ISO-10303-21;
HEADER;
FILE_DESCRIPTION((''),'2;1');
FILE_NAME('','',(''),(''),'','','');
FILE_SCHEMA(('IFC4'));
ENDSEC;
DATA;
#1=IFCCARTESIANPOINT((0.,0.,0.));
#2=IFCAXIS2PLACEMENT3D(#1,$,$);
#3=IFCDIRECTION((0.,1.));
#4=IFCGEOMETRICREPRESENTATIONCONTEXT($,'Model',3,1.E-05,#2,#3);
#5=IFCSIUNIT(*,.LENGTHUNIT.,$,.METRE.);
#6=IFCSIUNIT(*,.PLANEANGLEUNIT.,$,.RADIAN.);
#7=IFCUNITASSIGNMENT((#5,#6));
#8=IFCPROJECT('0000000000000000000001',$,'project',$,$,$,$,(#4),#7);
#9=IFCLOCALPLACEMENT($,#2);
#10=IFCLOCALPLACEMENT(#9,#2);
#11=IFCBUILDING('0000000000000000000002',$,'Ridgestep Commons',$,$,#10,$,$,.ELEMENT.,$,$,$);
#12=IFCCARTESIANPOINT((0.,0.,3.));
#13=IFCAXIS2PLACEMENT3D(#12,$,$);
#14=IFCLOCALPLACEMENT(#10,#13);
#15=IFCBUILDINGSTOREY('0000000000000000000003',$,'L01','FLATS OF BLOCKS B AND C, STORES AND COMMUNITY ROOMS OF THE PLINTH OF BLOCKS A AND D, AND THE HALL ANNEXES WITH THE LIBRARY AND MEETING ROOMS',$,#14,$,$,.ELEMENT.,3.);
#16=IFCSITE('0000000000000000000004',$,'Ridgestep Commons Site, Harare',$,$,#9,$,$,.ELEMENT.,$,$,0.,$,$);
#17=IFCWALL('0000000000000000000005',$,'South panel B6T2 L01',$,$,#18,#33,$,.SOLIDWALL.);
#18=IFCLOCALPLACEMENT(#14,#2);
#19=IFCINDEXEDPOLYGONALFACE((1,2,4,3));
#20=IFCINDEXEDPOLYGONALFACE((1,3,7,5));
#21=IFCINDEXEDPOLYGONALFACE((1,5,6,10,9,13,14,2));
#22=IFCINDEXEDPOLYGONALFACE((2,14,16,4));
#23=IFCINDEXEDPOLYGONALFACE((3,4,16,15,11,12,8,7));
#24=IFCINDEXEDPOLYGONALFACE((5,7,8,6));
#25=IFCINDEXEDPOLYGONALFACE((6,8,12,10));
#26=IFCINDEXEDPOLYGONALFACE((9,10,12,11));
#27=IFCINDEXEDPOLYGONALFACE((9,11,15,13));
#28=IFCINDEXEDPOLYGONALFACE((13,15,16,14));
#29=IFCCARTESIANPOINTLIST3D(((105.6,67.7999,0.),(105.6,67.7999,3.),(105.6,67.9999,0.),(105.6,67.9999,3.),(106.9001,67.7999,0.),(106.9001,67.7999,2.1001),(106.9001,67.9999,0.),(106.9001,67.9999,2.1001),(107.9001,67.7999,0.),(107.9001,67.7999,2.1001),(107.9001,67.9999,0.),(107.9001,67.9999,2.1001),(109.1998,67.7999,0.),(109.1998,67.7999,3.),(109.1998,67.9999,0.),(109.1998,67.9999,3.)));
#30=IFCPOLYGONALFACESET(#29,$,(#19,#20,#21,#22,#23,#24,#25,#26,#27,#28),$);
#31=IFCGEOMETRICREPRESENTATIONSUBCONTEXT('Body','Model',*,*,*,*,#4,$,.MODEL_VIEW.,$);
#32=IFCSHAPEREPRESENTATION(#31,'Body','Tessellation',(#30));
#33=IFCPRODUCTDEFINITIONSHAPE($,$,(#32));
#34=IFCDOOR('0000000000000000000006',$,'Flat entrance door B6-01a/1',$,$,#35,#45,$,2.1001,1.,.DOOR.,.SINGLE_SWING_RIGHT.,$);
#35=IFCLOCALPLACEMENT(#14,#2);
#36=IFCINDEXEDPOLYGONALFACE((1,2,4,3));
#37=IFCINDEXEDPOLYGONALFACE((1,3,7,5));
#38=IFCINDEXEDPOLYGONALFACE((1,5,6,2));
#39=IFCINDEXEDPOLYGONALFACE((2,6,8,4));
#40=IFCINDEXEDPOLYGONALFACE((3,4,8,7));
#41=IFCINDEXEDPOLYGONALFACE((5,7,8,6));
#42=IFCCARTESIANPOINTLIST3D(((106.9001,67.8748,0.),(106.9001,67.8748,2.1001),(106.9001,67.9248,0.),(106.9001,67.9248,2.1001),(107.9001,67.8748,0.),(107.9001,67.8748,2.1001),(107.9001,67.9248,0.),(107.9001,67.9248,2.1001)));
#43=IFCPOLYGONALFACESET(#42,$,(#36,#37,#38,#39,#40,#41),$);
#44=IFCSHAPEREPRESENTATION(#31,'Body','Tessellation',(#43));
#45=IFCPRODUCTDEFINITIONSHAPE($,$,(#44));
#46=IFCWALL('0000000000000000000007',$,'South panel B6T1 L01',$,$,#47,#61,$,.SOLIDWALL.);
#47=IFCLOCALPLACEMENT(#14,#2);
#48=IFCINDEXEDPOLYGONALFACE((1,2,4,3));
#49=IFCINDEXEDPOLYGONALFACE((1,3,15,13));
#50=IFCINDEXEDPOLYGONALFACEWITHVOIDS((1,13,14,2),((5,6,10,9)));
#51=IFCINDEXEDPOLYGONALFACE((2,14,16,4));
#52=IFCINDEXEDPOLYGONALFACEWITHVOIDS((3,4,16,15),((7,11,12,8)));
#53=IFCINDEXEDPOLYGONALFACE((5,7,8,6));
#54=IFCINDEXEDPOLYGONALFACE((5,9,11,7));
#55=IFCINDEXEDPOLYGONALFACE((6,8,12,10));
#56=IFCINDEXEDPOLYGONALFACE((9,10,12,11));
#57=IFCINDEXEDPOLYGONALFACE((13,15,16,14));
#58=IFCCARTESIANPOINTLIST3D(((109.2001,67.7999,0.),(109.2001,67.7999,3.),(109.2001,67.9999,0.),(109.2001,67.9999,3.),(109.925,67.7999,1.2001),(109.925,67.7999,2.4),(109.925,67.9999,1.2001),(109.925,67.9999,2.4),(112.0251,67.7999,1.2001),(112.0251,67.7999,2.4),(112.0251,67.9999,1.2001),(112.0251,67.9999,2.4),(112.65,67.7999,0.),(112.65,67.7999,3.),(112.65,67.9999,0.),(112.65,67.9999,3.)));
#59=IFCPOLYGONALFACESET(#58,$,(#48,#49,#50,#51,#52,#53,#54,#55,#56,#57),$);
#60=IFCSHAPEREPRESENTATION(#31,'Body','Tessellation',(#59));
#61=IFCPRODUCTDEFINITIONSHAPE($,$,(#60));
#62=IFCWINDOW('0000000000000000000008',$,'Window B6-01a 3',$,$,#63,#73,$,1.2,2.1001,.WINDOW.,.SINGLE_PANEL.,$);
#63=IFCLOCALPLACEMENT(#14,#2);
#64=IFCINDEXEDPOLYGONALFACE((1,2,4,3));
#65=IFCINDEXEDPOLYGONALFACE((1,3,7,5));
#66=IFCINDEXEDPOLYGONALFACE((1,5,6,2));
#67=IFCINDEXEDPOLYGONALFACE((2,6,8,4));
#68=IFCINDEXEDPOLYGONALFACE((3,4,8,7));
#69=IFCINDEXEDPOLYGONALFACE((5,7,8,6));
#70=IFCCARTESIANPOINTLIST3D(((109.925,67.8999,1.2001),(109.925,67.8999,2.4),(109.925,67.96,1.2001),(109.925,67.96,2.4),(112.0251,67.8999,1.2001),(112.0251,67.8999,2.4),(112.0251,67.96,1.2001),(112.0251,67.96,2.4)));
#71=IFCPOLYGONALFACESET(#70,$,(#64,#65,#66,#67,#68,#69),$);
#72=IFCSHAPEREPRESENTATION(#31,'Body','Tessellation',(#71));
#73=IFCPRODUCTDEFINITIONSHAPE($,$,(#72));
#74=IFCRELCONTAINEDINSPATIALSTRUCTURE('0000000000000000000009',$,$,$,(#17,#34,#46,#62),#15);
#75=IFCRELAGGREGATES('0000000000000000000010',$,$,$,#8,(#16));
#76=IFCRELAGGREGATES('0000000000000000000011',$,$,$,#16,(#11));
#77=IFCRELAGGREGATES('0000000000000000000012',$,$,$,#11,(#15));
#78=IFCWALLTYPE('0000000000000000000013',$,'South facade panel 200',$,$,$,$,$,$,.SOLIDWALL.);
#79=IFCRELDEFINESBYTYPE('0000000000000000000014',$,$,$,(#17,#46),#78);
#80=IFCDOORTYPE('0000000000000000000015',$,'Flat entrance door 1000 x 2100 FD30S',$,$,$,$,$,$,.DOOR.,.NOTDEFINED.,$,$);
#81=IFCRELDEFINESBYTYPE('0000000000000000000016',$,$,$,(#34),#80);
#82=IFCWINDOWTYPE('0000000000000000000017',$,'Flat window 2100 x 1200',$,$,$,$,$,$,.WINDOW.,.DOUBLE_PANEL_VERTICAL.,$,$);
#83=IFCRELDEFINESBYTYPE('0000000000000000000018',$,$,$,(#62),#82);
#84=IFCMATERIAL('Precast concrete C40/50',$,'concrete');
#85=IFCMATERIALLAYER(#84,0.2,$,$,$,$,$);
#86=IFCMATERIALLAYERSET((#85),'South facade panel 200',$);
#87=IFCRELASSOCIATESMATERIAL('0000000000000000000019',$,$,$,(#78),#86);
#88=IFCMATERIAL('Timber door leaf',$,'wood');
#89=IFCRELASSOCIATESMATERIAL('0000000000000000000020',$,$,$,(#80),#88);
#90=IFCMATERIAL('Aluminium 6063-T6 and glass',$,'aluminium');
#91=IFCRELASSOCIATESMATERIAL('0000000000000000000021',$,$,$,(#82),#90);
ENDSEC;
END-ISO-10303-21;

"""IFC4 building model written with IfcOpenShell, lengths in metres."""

from ifc_helpers import new_model, si_unit, direction, frame, frame_2d, origin, place, context, subcontext, project, spatial, rectangle, extrude, material, layer, layer_set, type_object, element, fill, save


model = new_model("IFC4")

# Units and contexts
model_context = context("Model", 3, precision=1e-05, world=origin(), true_north=direction((0.0, 1.0)))
body_context = subcontext(model_context, "Body", "Model", "MODEL_VIEW")
ifc_project = project(units=[si_unit("LENGTHUNIT", "METRE"), si_unit("PLANEANGLEUNIT", "RADIAN")], contexts=[model_context])

# Site, building, storey
site_placement = place(None, origin())
site = spatial("IfcSite", under=ifc_project, at=site_placement, Name="Ridgestep Commons Site, Harare", CompositionType="ELEMENT", RefElevation=0.0)
building_placement = place(site_placement, origin())
building = spatial("IfcBuilding", under=site, at=building_placement, Name="Ridgestep Commons", CompositionType="ELEMENT")
storey_placement = place(building_placement, frame((0.0, 0.0, 3.0)))
storey = spatial("IfcBuildingStorey", under=building, at=storey_placement, Name="L01", Description="FLATS OF BLOCKS B AND C, STORES AND COMMUNITY ROOMS OF THE PLINTH OF BLOCKS A AND D, AND THE HALL ANNEXES WITH THE LIBRARY AND MEETING ROOMS", CompositionType="ELEMENT", Elevation=3.0)

# Wall, opening, door
ifc_material_1 = material(Name="Precast concrete C40/50", Category="concrete")
ifc_layer_1 = layer(ifc_material_1, 0.2)
ifc_layer_set_1 = layer_set([ifc_layer_1], Name="South facade panel 200")
wall_type_1 = type_object("IfcWallType", Name="South facade panel 200", PredefinedType="SOLIDWALL", material=ifc_layer_set_1)
wall_1_placement = place(storey_placement, frame((105.6001, 67.8999, 0.0), z_axis=(0.0, 0.0, 1.0), x_axis=(1.0, 0.0, 0.0)))
wall_1 = element("IfcWall", 1, at=wall_1_placement, inside=storey, type_object=wall_type_1, Name="South panel B6T2 L01", PredefinedType="SOLIDWALL", context=body_context, shape_type="SweptSolid", body=[
    extrude(rectangle(XDim=3.5999, YDim=0.2, at=frame_2d((1.7998, 0.0))), origin(), (0.0, 0.0, 1.0), 3.0),
])
opening_1_placement = place(wall_1_placement, frame((1.3, 0.0, 0.0)))
opening_1 = element("IfcOpeningElement", 2, at=opening_1_placement, cuts=wall_1, PredefinedType="OPENING", context=body_context, shape_type="SweptSolid", body=[
    extrude(rectangle(XDim=1.0, YDim=2.1001, at=frame_2d((0.5, 1.05))), frame((0.0, 0.1099, 0.0), z_axis=(0.0, -1.0, 0.0), x_axis=(1.0, 0.0, 0.0)), (0.0, 0.0, 1.0), 0.22),
])
ifc_material_2 = material(Name="Timber door leaf", Category="wood")
door_type_1 = type_object("IfcDoorType", Name="Flat entrance door 1000 x 2100 FD30S", OperationType="NOTDEFINED", PredefinedType="DOOR", material=ifc_material_2)
door_1_placement = place(opening_1_placement, origin())
door_1 = element("IfcDoor", 3, at=door_1_placement, inside=storey, type_object=door_type_1, Name="Flat entrance door B6-01a/1", OperationType="SINGLE_SWING_RIGHT", OverallHeight=2.1001, OverallWidth=1.0, PredefinedType="DOOR", context=body_context, shape_type="SweptSolid", body=[
    extrude(rectangle(XDim=1.0, YDim=2.1001, at=frame_2d((0.5, 1.05))), frame((0.0, 0.0249, 0.0), z_axis=(0.0, -1.0, 0.0), x_axis=(1.0, 0.0, 0.0)), (0.0, 0.0, 1.0), 0.05),
])
fill(opening_1, door_1)

# Wall, opening, window
wall_2_placement = place(storey_placement, frame((109.2, 67.8999, 0.0), z_axis=(0.0, 0.0, 1.0), x_axis=(1.0, 0.0, 0.0)))
wall_2 = element("IfcWall", 4, at=wall_2_placement, inside=storey, type_object=wall_type_1, Name="South panel B6T1 L01", PredefinedType="SOLIDWALL", context=body_context, shape_type="SweptSolid", body=[
    extrude(rectangle(XDim=3.45, YDim=0.2, at=frame_2d((1.7251, 0.0))), origin(), (0.0, 0.0, 1.0), 3.0),
])
opening_2_placement = place(wall_2_placement, frame((0.7251, 0.0, 1.2)))
opening_2 = element("IfcOpeningElement", 5, at=opening_2_placement, cuts=wall_2, PredefinedType="OPENING", context=body_context, shape_type="SweptSolid", body=[
    extrude(rectangle(XDim=2.1001, YDim=1.2, at=frame_2d((1.05, 0.6001))), frame((0.0, 0.1099, 0.0), z_axis=(0.0, -1.0, 0.0), x_axis=(1.0, 0.0, 0.0)), (0.0, 0.0, 1.0), 0.22),
])
ifc_material_3 = material(Name="Aluminium 6063-T6 and glass", Category="aluminium")
window_type_1 = type_object("IfcWindowType", Name="Flat window 2100 x 1200", PartitioningType="DOUBLE_PANEL_VERTICAL", PredefinedType="WINDOW", material=ifc_material_3)
window_1_placement = place(opening_2_placement, origin())
window_1 = element("IfcWindow", 6, at=window_1_placement, inside=storey, type_object=window_type_1, Name="Window B6-01a 3", OverallHeight=1.2, OverallWidth=2.1001, PartitioningType="SINGLE_PANEL", PredefinedType="WINDOW", context=body_context, shape_type="SweptSolid", body=[
    extrude(rectangle(XDim=2.1001, YDim=1.2, at=frame_2d((1.05, 0.6001))), frame((0.0, 0.0601, 0.0), z_axis=(0.0, -1.0, 0.0), x_axis=(1.0, 0.0, 0.0)), (0.0, 0.0, 1.0), 0.0601),
])
fill(opening_2, window_1)

save(model, "model.ifc")
